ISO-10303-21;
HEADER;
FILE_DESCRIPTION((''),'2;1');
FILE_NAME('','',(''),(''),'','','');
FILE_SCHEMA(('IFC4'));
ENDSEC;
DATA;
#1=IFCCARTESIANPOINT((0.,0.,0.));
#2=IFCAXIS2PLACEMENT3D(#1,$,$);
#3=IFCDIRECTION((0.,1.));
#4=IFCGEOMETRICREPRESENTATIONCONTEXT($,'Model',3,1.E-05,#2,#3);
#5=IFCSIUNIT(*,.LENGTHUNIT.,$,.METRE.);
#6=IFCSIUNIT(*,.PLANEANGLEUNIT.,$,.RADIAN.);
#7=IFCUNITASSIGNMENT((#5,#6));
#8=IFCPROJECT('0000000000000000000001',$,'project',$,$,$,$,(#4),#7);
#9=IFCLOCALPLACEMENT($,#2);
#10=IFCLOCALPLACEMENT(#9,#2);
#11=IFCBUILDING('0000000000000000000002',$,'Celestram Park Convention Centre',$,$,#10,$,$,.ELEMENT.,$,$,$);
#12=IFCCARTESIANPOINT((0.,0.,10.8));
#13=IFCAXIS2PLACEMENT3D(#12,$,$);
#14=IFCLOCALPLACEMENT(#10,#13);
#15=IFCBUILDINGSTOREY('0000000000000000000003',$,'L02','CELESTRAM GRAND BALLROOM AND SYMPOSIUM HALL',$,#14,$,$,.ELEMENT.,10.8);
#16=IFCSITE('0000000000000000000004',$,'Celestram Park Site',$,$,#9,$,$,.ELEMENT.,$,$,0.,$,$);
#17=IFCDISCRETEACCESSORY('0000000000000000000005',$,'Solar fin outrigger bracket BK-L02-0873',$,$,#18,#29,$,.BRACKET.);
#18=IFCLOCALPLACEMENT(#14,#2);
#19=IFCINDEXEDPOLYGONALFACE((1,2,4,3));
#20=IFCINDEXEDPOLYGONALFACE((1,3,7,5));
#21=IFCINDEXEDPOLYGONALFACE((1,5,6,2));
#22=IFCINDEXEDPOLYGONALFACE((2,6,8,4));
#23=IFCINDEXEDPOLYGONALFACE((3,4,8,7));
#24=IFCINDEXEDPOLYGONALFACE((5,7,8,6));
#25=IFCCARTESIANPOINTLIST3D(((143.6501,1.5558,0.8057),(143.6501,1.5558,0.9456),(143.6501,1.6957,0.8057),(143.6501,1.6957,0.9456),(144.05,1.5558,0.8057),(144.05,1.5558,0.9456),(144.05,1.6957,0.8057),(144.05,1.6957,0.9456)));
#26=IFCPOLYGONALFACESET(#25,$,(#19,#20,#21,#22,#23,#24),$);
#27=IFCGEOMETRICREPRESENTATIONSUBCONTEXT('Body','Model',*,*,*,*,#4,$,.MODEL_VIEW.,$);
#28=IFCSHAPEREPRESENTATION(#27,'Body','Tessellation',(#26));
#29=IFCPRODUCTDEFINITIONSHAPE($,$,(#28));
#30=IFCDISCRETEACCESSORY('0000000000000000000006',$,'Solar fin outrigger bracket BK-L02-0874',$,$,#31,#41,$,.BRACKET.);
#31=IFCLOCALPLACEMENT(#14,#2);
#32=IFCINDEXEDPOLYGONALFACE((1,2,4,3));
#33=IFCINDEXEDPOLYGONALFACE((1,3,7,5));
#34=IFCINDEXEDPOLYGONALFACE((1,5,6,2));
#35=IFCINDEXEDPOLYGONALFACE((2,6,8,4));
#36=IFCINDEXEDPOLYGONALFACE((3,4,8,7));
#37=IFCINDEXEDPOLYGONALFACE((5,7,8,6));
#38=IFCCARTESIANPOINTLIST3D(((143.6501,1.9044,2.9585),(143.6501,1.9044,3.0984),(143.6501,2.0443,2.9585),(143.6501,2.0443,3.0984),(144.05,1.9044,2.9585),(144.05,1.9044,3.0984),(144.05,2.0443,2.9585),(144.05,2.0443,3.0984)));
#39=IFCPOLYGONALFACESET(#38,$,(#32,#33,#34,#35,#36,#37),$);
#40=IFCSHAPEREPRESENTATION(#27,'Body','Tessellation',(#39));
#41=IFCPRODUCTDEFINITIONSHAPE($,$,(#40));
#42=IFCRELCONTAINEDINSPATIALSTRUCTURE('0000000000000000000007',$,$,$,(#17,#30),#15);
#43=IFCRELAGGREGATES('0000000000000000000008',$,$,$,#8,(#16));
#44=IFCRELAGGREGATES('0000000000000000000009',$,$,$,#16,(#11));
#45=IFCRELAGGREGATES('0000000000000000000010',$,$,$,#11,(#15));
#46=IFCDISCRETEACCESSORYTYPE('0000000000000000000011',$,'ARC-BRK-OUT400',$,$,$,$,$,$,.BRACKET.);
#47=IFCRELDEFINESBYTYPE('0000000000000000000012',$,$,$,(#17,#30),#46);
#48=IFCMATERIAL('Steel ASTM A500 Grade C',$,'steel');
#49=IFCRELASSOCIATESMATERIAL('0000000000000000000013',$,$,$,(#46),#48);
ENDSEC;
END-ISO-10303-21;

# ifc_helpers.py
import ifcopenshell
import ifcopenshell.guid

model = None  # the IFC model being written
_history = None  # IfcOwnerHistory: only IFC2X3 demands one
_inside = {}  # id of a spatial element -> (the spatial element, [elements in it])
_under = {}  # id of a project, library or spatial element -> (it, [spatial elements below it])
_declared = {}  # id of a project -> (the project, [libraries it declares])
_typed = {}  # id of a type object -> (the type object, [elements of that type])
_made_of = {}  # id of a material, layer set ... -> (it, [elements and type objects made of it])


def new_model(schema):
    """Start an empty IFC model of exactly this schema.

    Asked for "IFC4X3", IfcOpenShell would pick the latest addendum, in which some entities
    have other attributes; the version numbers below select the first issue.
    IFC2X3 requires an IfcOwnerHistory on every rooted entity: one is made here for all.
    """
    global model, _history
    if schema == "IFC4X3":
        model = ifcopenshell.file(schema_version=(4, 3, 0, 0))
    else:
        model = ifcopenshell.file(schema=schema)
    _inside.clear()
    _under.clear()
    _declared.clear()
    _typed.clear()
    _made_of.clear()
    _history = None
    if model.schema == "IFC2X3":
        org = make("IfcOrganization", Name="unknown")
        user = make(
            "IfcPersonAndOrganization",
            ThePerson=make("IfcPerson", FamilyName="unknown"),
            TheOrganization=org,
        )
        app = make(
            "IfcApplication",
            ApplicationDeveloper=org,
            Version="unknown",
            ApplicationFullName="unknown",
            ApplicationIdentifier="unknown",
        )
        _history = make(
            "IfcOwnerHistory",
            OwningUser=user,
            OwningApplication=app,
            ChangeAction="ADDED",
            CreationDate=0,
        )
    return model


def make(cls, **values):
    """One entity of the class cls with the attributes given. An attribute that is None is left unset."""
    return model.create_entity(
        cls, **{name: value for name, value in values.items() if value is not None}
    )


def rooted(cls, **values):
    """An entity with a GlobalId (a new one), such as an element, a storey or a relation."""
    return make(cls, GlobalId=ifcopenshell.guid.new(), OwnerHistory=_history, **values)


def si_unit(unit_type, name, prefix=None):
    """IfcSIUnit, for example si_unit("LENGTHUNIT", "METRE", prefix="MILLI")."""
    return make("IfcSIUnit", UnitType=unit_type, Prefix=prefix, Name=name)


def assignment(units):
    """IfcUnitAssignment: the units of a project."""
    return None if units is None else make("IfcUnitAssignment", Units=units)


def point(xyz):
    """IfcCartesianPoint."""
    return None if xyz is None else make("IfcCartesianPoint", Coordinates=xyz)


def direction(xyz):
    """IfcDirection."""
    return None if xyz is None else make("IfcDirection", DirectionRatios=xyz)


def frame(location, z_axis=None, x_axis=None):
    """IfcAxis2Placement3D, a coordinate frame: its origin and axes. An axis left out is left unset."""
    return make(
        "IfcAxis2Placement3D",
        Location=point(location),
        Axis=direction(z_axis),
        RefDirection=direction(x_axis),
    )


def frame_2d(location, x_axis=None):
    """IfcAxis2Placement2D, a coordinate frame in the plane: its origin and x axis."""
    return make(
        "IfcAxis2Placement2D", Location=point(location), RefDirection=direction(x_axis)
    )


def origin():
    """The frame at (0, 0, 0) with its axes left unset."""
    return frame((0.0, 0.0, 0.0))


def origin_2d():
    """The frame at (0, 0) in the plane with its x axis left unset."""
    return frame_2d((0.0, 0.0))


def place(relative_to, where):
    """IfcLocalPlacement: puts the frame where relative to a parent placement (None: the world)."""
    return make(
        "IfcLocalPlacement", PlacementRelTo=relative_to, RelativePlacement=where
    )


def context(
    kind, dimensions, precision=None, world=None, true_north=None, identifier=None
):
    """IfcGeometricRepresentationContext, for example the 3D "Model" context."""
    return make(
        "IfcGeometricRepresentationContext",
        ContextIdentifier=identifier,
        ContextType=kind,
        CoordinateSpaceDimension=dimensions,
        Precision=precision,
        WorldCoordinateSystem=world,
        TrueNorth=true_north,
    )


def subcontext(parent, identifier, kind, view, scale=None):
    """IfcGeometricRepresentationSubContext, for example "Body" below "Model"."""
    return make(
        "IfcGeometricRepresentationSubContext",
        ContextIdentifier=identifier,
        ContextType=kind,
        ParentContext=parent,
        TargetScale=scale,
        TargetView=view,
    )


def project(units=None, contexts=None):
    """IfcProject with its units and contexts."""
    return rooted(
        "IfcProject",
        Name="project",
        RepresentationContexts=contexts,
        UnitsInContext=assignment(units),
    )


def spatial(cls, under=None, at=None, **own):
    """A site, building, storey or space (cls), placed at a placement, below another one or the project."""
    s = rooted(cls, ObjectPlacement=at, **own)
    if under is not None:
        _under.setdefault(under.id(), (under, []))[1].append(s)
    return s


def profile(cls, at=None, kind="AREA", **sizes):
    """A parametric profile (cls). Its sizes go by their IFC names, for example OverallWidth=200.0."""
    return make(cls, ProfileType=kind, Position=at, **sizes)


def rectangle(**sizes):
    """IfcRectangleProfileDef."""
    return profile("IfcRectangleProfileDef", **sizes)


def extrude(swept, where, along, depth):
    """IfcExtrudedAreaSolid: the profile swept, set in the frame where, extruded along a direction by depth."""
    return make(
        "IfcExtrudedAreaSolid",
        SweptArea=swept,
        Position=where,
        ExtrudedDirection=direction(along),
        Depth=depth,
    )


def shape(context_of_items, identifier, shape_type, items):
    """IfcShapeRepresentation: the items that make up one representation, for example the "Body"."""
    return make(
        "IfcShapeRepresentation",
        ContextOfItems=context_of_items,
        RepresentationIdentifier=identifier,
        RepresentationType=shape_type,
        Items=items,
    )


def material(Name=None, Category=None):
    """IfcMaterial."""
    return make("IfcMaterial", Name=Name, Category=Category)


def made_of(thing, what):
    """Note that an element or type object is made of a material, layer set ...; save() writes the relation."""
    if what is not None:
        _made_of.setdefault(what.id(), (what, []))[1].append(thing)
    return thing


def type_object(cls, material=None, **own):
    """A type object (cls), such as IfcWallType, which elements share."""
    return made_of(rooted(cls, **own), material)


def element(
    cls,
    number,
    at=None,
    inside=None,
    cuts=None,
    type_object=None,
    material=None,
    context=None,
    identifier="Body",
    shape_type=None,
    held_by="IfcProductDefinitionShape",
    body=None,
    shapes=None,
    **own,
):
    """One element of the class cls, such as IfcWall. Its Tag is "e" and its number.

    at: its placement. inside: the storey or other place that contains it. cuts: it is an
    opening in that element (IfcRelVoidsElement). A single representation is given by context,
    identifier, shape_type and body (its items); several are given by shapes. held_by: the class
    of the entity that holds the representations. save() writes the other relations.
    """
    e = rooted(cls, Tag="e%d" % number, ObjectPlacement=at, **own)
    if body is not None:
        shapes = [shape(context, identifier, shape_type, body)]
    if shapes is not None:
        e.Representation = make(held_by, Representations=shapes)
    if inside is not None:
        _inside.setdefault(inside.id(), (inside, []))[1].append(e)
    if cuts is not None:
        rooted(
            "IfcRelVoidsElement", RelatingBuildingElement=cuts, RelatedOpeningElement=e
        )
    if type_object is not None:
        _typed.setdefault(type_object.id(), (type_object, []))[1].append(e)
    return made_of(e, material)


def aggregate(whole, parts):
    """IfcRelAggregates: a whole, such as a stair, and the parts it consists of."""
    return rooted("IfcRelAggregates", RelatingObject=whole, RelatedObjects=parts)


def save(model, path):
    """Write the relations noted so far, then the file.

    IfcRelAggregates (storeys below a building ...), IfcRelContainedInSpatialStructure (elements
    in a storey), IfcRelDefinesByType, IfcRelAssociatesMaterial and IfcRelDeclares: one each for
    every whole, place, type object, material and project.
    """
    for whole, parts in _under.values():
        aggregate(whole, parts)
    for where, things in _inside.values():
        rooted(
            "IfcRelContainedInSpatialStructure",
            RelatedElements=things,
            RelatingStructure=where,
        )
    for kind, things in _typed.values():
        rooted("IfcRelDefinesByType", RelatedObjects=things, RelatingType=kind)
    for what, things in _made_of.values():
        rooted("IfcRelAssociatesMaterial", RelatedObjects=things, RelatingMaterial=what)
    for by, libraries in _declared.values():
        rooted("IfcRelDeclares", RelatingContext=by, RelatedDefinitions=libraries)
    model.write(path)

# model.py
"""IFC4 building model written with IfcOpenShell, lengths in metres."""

from ifc_helpers import new_model, si_unit, direction, frame, origin, origin_2d, place, context, subcontext, project, spatial, rectangle, extrude, material, type_object, element, save


model = new_model("IFC4")

# Units and contexts
model_context = context("Model", 3, precision=1e-05, world=origin(), true_north=direction((0.0, 1.0)))
body_context = subcontext(model_context, "Body", "Model", "MODEL_VIEW")
ifc_project = project(units=[si_unit("LENGTHUNIT", "METRE"), si_unit("PLANEANGLEUNIT", "RADIAN")], contexts=[model_context])

# Site, building, storey
site_placement = place(None, origin())
site = spatial("IfcSite", under=ifc_project, at=site_placement, Name="Celestram Park Site", CompositionType="ELEMENT", RefElevation=0.0)
building_placement = place(site_placement, origin())
building = spatial("IfcBuilding", under=site, at=building_placement, Name="Celestram Park Convention Centre", CompositionType="ELEMENT")
storey_placement = place(building_placement, frame((0.0, 0.0, 10.8)))
storey = spatial("IfcBuildingStorey", under=building, at=storey_placement, Name="L02", Description="CELESTRAM GRAND BALLROOM AND SYMPOSIUM HALL", CompositionType="ELEMENT", Elevation=10.8)

# Shared definitions
ifc_material_1 = material(Name="Steel ASTM A500 Grade C", Category="steel")

# Discrete accessories
discrete_accessory_type = type_object("IfcDiscreteAccessoryType", Name="ARC-BRK-OUT400", PredefinedType="BRACKET", material=ifc_material_1)
for number, where, z_axis, x_axis, name in (
    (1, (143.8501, 1.6257, 0.8057), (0.0, 0.0, 1.0), (-1.0, 0.0, 0.0), "Solar fin outrigger bracket BK-L02-0873"),
    (2, (143.8501, 1.9744, 2.9585), (0.0, 0.0, 1.0), (-1.0, 0.0, 0.0), "Solar fin outrigger bracket BK-L02-0874"),
):
    element("IfcDiscreteAccessory", number, at=place(storey_placement, frame(where, z_axis=z_axis, x_axis=x_axis)), inside=storey, type_object=discrete_accessory_type, Name=name, PredefinedType="BRACKET", context=body_context, shape_type="SweptSolid", body=[
        extrude(rectangle(XDim=0.3999, YDim=0.1399, at=origin_2d()), origin(), (0.0, 0.0, 1.0), 0.1399),
    ])

save(model, "model.ifc")
